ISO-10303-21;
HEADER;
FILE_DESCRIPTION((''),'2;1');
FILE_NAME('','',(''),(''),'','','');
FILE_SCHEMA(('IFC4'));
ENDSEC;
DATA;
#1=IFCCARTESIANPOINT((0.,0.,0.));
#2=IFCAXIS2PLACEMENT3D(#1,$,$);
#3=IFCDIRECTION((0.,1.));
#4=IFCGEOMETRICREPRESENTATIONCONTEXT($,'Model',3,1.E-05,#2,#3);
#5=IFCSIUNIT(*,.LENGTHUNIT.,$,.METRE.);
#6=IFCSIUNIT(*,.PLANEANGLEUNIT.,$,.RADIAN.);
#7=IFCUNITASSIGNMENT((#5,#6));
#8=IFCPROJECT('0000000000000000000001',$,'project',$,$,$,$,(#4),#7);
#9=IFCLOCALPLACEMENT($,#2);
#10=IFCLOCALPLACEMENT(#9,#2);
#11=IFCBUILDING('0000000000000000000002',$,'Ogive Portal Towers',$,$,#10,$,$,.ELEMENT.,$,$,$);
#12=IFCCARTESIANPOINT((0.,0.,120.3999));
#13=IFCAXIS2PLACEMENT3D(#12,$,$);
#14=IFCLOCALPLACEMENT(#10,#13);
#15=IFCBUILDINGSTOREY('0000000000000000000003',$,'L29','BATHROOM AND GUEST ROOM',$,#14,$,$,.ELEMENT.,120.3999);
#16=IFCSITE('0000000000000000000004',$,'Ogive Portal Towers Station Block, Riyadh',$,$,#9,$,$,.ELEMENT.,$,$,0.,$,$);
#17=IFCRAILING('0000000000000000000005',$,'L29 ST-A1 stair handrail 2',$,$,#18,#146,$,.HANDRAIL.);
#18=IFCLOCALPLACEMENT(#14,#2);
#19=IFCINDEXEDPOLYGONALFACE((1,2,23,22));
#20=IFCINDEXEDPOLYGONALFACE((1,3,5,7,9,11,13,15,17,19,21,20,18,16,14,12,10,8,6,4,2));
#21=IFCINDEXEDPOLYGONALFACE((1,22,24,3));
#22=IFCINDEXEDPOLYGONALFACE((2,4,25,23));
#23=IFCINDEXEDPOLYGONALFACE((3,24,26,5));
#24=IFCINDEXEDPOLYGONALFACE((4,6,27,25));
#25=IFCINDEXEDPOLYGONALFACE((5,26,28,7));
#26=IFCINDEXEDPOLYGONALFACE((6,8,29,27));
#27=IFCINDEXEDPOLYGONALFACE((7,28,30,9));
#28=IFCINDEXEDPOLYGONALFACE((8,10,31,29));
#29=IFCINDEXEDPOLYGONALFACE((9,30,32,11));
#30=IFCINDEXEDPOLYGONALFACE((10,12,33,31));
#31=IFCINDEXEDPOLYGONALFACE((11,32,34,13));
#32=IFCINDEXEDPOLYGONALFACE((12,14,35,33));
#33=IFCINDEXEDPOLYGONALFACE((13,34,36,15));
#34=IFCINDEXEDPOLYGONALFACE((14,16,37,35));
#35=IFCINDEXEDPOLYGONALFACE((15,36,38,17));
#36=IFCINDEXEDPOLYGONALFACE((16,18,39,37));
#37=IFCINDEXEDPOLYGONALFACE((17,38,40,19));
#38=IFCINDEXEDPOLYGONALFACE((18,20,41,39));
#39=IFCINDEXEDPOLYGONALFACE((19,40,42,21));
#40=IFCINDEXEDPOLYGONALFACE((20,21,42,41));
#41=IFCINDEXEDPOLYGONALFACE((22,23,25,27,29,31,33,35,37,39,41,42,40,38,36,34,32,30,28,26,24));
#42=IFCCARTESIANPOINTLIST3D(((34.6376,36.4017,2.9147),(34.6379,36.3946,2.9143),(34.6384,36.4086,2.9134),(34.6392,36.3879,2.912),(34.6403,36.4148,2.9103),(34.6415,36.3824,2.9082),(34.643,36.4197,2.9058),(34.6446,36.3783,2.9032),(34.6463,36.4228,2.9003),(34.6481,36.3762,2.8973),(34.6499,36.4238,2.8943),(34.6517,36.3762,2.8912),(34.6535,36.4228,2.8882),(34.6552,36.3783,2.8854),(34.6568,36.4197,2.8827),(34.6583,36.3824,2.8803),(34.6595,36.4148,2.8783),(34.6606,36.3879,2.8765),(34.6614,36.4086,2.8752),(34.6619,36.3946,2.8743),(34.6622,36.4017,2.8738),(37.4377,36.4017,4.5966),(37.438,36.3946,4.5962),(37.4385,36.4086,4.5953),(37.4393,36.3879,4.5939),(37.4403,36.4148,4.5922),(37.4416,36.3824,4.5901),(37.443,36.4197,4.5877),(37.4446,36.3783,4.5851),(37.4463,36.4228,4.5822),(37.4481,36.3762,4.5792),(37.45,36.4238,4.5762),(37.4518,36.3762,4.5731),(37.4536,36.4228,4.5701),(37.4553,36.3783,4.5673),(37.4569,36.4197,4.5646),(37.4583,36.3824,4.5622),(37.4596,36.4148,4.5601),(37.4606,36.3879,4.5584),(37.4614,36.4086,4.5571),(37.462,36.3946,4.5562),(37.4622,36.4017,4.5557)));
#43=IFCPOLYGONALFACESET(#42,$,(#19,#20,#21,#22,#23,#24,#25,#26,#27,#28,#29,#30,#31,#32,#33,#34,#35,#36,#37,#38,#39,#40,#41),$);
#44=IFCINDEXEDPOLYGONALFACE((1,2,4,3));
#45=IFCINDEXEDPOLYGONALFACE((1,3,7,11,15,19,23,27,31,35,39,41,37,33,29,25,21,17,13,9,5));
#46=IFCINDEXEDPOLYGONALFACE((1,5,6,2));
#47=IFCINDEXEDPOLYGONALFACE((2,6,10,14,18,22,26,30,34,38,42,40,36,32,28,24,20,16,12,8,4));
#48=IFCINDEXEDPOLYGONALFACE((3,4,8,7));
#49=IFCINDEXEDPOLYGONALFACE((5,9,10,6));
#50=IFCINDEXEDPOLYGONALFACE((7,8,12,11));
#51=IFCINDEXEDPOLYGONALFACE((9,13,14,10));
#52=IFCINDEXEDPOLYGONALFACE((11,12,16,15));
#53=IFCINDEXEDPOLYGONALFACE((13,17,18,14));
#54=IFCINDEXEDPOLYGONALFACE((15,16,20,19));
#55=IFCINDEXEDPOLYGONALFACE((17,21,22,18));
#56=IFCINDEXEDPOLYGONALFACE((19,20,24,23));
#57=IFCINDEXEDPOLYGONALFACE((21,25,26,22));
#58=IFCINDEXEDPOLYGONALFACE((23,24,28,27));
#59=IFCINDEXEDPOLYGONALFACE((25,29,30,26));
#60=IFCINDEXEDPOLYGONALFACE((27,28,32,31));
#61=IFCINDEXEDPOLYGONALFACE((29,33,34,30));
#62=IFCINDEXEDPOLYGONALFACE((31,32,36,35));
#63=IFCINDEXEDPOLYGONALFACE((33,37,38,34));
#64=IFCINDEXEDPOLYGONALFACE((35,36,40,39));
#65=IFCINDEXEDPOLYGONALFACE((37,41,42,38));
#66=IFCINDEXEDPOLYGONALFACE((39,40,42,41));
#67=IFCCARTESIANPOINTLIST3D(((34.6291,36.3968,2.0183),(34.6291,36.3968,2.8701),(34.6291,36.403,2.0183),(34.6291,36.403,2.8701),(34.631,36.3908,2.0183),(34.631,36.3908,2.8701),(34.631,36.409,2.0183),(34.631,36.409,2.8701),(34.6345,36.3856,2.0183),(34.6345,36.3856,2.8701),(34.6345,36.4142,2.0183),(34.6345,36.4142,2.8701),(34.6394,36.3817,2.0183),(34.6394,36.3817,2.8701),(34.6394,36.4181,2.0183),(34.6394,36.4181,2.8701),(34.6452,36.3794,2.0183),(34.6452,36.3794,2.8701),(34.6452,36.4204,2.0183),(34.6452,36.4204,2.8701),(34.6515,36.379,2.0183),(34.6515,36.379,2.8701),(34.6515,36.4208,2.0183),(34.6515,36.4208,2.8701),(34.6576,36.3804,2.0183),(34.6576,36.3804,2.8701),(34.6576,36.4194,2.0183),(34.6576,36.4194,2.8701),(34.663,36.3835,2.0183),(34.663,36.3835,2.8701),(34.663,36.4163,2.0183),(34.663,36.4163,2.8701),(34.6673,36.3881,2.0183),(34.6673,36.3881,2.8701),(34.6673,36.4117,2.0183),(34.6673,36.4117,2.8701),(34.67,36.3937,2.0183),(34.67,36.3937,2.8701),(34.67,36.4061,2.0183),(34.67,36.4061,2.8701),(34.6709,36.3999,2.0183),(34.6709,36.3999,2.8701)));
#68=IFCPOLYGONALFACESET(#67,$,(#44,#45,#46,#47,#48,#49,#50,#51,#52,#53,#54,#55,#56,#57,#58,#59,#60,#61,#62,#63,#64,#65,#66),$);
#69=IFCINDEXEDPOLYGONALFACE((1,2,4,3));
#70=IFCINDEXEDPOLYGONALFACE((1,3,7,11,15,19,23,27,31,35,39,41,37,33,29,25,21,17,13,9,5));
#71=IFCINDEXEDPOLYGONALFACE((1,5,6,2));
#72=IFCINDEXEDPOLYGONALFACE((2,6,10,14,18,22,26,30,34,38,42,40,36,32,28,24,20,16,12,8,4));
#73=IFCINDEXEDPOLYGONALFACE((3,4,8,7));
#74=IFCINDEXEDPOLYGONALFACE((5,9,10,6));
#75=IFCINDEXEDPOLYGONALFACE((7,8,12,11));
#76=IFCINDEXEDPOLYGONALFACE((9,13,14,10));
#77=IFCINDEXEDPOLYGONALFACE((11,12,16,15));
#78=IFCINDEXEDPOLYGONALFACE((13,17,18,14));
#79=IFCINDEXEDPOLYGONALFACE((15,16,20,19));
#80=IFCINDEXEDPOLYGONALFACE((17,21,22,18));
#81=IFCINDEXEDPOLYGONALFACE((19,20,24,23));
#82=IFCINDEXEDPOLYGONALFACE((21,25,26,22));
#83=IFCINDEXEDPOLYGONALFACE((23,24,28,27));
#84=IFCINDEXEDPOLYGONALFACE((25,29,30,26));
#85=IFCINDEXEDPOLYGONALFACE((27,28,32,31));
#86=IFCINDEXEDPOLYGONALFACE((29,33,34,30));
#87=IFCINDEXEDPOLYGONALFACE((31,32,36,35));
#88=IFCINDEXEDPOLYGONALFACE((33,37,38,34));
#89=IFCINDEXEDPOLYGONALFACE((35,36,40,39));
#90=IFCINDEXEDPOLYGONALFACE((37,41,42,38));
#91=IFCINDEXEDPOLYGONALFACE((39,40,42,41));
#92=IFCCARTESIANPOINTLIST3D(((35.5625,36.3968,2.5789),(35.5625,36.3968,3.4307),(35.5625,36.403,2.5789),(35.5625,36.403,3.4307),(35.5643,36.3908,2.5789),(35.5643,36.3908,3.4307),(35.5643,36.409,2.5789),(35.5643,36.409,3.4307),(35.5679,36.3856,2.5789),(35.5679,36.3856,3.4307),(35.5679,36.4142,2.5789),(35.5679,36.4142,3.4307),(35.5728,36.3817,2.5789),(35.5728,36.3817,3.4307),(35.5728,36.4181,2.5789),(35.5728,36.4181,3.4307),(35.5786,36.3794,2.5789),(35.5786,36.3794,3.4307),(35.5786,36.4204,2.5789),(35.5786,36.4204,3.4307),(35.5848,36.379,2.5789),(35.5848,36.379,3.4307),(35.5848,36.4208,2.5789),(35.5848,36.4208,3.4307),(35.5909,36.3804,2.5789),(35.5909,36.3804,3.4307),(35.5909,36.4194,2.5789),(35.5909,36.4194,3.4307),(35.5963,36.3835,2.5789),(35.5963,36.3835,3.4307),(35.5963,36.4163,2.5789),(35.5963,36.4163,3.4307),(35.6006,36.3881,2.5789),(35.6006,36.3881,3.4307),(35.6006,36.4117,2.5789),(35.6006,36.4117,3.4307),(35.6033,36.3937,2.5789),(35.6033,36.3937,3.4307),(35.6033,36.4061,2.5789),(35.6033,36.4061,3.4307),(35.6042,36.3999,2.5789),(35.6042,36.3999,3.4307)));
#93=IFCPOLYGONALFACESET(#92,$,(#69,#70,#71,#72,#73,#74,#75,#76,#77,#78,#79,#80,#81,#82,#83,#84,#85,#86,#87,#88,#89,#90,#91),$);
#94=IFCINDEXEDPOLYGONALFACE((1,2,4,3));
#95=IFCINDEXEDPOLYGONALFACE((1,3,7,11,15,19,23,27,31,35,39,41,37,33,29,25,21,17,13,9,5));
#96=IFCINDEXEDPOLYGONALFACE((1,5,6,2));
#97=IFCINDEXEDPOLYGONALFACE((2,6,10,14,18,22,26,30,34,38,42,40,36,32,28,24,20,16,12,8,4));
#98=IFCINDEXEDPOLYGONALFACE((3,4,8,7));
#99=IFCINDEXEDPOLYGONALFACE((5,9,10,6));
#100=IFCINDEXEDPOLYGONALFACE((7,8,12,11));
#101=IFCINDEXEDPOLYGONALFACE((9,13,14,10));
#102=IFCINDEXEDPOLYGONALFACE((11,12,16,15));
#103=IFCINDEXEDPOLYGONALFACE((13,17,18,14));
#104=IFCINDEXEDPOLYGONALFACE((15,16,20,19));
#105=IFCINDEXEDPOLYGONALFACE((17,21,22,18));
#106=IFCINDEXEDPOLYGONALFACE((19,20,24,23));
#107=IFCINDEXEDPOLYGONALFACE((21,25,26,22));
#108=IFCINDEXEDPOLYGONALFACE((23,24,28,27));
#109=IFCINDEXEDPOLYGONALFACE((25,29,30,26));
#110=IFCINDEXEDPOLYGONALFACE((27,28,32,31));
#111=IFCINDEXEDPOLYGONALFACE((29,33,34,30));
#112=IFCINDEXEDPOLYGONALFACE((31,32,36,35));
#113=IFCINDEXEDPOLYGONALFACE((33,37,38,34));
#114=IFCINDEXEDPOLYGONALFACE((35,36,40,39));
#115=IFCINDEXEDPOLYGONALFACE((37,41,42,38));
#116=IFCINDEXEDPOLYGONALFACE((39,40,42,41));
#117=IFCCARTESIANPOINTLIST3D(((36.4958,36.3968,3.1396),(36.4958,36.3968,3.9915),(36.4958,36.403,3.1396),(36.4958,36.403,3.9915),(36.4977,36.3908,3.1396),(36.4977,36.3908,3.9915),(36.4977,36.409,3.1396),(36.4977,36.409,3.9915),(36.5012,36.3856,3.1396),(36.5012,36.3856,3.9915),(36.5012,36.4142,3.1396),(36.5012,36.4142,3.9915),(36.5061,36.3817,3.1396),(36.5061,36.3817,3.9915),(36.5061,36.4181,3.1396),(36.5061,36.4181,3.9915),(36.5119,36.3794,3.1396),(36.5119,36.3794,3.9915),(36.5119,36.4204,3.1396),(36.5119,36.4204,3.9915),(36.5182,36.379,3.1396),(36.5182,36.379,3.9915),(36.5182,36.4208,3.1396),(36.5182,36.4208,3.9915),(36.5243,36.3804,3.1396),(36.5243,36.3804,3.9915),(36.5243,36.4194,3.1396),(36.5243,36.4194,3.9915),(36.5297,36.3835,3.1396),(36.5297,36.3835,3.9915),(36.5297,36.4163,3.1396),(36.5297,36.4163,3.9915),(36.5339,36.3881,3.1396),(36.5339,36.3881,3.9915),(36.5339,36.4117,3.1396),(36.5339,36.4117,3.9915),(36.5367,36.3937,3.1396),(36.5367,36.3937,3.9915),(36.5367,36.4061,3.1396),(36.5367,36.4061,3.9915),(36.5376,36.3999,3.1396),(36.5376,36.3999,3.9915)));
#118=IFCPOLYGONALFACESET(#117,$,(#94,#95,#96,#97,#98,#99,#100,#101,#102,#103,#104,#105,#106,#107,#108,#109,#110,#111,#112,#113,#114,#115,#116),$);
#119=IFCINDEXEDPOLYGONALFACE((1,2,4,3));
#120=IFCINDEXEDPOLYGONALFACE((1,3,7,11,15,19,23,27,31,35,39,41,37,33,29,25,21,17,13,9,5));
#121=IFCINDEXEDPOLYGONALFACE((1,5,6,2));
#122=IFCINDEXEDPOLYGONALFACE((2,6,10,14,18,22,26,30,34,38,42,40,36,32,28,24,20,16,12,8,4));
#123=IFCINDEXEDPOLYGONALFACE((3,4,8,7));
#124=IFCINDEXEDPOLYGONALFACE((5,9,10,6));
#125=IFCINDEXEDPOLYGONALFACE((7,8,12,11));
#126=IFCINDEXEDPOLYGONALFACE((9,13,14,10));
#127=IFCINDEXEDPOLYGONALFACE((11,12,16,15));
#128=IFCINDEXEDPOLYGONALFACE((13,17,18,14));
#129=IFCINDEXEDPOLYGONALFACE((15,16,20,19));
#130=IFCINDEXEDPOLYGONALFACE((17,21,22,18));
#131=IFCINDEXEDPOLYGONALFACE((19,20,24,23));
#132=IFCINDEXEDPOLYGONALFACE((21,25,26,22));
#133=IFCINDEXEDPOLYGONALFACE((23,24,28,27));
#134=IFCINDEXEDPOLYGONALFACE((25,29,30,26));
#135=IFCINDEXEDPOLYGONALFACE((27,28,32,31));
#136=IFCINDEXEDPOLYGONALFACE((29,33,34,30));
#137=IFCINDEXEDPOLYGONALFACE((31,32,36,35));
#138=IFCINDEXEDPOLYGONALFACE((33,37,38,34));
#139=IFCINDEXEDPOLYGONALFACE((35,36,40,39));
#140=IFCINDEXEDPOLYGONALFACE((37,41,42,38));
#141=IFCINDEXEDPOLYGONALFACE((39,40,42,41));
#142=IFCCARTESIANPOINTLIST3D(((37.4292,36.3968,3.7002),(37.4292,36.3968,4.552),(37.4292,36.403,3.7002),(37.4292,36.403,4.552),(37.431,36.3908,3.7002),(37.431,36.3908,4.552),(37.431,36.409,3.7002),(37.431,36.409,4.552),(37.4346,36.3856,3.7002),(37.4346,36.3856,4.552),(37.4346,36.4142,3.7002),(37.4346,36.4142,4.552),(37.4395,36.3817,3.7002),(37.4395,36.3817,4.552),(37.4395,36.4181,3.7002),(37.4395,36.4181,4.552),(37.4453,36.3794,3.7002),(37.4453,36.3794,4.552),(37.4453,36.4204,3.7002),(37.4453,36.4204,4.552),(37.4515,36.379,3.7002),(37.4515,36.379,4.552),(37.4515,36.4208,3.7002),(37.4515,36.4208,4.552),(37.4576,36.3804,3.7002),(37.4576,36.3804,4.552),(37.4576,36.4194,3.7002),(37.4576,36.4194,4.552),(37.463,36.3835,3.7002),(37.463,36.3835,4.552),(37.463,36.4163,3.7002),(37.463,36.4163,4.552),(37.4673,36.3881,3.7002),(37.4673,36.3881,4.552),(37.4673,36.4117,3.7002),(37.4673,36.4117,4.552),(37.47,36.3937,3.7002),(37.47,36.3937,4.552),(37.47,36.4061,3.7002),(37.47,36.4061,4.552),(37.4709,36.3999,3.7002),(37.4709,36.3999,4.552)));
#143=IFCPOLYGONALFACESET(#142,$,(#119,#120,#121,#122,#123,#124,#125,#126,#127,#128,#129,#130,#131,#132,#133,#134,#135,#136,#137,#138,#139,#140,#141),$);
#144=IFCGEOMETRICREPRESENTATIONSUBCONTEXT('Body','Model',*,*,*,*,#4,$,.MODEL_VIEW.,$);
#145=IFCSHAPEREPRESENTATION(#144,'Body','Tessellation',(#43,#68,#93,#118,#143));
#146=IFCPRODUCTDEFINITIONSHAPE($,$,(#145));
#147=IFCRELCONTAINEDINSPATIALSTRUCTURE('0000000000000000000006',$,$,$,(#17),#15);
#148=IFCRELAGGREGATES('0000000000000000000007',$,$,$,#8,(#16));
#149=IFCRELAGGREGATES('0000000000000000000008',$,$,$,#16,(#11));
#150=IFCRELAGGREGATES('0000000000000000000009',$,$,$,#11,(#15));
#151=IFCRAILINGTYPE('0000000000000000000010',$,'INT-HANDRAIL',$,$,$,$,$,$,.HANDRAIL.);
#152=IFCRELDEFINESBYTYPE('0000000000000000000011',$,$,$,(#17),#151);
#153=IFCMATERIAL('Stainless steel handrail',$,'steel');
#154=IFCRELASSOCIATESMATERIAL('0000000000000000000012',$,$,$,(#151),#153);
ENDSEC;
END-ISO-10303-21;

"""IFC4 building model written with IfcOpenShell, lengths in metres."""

from ifc_helpers import new_model, si_unit, direction, frame, origin, origin_2d, place, context, subcontext, project, spatial, circle, extrude, material, type_object, element, save


model = new_model("IFC4")

# Units and contexts
model_context = context("Model", 3, precision=1e-05, world=origin(), true_north=direction((0.0, 1.0)))
body_context = subcontext(model_context, "Body", "Model", "MODEL_VIEW")
ifc_project = project(units=[si_unit("LENGTHUNIT", "METRE"), si_unit("PLANEANGLEUNIT", "RADIAN")], contexts=[model_context])

# Site, building, storey
site_placement = place(None, origin())
site = spatial("IfcSite", under=ifc_project, at=site_placement, Name="Ogive Portal Towers Station Block, Riyadh", CompositionType="ELEMENT", RefElevation=0.0)
building_placement = place(site_placement, origin())
building = spatial("IfcBuilding", under=site, at=building_placement, Name="Ogive Portal Towers", CompositionType="ELEMENT")
storey_placement = place(building_placement, frame((0.0, 0.0, 120.3999)))
storey = spatial("IfcBuildingStorey", under=building, at=storey_placement, Name="L29", Description="BATHROOM AND GUEST ROOM", CompositionType="ELEMENT", Elevation=120.3999)

# Railing
ifc_material_1 = material(Name="Stainless steel handrail", Category="steel")
railing_type_1 = type_object("IfcRailingType", Name="INT-HANDRAIL", PredefinedType="HANDRAIL", material=ifc_material_1)
railing_1_placement = place(storey_placement, frame((34.6499, 36.3999, 2.0183)))
element("IfcRailing", 1, at=railing_1_placement, inside=storey, type_object=railing_type_1, Name="L29 ST-A1 stair handrail 2", PredefinedType="HANDRAIL", context=body_context, shape_type="SweptSolid", body=[
    extrude(circle(Radius=0.0239, at=origin_2d()), frame((0.0, 0.0, 0.876), z_axis=(0.857242, 0.0, 0.514913), x_axis=(0.0, 1.0, 0.0)), (0.0, 0.0, 1.0), 3.2664),
    extrude(circle(Radius=0.021, at=origin_2d()), origin(), (0.0, 0.0, 1.0), 0.8518),
    extrude(circle(Radius=0.021, at=origin_2d()), frame((0.9333, 0.0, 0.5605)), (0.0, 0.0, 1.0), 0.8518),
    extrude(circle(Radius=0.021, at=origin_2d()), frame((1.8667, 0.0, 1.1213)), (0.0, 0.0, 1.0), 0.8518),
    extrude(circle(Radius=0.021, at=origin_2d()), frame((2.8, 0.0, 1.6819)), (0.0, 0.0, 1.0), 0.8518),
])

save(model, "model.ifc")
